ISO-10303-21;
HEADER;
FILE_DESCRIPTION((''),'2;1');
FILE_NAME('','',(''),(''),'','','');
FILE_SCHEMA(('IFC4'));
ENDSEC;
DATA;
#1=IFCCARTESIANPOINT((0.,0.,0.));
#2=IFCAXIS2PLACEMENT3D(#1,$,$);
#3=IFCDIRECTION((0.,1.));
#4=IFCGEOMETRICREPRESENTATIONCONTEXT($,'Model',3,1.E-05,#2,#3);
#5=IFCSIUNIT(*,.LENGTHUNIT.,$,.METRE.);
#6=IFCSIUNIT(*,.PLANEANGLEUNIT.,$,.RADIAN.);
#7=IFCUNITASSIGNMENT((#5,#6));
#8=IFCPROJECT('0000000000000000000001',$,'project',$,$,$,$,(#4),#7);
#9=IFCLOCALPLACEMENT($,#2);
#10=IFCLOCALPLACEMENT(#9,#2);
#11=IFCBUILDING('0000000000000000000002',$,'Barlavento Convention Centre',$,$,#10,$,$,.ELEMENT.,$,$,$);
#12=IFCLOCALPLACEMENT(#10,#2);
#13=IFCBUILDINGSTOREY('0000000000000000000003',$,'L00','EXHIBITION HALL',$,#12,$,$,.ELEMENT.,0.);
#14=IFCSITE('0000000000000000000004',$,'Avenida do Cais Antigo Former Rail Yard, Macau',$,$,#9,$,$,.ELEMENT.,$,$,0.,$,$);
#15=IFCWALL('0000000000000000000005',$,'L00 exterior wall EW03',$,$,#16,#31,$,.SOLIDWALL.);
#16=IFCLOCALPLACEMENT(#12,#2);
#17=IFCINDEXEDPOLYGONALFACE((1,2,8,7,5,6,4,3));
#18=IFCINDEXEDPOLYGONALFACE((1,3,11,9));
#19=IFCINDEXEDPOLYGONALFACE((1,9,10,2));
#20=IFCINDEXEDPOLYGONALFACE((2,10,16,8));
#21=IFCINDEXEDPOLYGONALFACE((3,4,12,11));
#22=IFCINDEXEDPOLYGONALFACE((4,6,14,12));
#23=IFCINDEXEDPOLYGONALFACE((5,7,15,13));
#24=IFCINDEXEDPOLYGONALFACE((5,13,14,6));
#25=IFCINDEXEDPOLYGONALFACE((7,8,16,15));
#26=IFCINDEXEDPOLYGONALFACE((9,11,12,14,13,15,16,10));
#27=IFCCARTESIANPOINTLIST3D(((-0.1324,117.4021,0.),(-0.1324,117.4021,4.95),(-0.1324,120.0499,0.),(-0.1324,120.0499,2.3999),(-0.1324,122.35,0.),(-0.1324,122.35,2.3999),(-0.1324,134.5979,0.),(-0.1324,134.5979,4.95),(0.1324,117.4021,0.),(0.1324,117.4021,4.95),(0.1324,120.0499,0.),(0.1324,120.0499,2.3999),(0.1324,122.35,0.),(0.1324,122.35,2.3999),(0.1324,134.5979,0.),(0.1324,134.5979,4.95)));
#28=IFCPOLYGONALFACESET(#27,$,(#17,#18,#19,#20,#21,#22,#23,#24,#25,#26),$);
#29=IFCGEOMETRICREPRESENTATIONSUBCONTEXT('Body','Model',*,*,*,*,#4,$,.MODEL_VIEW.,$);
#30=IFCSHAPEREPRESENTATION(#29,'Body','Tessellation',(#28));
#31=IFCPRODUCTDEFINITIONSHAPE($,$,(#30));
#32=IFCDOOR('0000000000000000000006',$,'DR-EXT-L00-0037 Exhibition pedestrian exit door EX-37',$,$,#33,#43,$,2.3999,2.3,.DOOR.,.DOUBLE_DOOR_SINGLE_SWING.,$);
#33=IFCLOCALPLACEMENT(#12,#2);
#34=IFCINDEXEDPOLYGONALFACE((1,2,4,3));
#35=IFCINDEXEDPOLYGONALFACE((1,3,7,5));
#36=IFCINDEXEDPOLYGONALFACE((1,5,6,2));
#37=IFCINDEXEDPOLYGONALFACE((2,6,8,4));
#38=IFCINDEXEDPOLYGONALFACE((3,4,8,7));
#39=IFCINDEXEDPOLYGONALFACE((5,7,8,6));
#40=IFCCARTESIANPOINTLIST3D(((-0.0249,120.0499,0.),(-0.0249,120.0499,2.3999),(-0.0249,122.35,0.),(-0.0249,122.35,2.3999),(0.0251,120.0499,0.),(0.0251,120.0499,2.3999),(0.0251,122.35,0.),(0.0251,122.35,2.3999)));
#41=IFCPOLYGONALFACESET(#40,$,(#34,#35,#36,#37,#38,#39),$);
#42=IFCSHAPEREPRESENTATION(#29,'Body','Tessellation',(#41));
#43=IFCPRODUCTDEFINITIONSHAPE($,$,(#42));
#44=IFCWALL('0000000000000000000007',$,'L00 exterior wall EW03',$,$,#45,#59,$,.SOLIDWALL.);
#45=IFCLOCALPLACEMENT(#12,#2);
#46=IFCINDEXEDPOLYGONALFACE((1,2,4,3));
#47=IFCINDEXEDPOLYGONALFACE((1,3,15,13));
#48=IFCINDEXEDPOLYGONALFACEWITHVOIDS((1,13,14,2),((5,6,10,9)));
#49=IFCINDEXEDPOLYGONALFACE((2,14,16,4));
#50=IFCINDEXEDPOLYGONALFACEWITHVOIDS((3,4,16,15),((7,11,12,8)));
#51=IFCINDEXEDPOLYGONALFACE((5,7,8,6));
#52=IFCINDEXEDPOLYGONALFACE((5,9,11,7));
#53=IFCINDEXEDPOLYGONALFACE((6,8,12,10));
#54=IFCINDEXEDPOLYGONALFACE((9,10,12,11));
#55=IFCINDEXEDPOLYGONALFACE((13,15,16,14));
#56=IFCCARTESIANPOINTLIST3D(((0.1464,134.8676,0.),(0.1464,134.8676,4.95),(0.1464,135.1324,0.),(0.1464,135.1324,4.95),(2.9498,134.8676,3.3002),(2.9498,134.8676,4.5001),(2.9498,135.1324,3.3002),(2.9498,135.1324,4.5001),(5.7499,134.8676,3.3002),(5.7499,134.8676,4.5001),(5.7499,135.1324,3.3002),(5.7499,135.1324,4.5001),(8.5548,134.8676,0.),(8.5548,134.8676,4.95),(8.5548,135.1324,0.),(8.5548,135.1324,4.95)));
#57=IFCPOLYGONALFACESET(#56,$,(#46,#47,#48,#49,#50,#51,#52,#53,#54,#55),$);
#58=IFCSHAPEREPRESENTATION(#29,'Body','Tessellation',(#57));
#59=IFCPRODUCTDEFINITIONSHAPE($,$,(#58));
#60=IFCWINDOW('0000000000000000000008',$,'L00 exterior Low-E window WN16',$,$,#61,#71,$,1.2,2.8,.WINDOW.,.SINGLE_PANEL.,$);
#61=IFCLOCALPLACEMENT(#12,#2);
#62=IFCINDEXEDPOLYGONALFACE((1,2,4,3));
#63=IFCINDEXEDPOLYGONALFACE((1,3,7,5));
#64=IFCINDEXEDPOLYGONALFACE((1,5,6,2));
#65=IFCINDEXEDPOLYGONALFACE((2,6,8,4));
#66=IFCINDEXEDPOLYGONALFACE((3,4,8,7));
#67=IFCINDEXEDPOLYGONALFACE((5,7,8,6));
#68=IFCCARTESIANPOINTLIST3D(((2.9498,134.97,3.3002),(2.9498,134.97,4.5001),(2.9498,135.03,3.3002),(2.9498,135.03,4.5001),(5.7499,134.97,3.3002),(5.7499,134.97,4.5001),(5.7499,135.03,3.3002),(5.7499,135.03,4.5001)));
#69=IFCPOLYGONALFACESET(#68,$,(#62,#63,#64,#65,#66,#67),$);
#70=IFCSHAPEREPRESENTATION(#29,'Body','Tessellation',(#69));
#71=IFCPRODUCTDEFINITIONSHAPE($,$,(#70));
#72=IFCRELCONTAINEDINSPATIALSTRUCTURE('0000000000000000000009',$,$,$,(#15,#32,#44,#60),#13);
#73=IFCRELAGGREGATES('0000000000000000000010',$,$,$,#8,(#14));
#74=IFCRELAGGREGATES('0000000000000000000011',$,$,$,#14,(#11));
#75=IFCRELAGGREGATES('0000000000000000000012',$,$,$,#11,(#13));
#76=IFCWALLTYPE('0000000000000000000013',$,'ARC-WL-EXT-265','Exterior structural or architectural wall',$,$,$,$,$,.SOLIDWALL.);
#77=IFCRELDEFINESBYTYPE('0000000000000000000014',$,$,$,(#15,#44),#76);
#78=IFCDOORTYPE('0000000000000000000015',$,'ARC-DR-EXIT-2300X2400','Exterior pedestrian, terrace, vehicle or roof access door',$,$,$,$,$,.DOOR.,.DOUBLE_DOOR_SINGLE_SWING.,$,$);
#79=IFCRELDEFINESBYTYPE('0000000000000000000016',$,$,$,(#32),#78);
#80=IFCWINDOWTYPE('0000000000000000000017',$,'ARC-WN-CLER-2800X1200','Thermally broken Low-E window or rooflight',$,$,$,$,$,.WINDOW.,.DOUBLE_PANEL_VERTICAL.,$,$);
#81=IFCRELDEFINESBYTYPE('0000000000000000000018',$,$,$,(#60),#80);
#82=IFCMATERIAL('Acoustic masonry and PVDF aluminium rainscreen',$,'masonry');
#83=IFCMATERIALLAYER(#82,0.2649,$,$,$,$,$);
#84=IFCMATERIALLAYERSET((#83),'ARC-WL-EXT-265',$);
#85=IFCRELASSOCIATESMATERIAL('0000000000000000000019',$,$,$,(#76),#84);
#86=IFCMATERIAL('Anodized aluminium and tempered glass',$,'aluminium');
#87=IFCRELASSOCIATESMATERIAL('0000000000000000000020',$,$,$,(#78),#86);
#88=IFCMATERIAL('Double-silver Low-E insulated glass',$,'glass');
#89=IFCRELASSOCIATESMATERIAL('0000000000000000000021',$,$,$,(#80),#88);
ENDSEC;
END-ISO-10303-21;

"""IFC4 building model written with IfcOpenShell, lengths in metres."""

from ifc_helpers import new_model, si_unit, direction, frame, frame_2d, origin, place, context, subcontext, project, spatial, rectangle, extrude, material, layer, layer_set, type_object, element, fill, save


model = new_model("IFC4")

# Units and contexts
model_context = context("Model", 3, precision=1e-05, world=origin(), true_north=direction((0.0, 1.0)))
body_context = subcontext(model_context, "Body", "Model", "MODEL_VIEW")
ifc_project = project(units=[si_unit("LENGTHUNIT", "METRE"), si_unit("PLANEANGLEUNIT", "RADIAN")], contexts=[model_context])

# Site, building, storey
site_placement = place(None, origin())
site = spatial("IfcSite", under=ifc_project, at=site_placement, Name="Avenida do Cais Antigo Former Rail Yard, Macau", CompositionType="ELEMENT", RefElevation=0.0)
building_placement = place(site_placement, origin())
building = spatial("IfcBuilding", under=site, at=building_placement, Name="Barlavento Convention Centre", CompositionType="ELEMENT")
storey_placement = place(building_placement, origin())
storey = spatial("IfcBuildingStorey", under=building, at=storey_placement, Name="L00", Description="EXHIBITION HALL", CompositionType="ELEMENT", Elevation=0.0)

# Wall, opening, door
ifc_material_1 = material(Name="Acoustic masonry and PVDF aluminium rainscreen", Category="masonry")
ifc_layer = layer(ifc_material_1, 0.2649)
ifc_layer_set = layer_set([ifc_layer], Name="ARC-WL-EXT-265")
wall_type = type_object("IfcWallType", Name="ARC-WL-EXT-265", Description="Exterior structural or architectural wall", PredefinedType="SOLIDWALL", material=ifc_layer_set)
ifc_material_2 = material(Name="Anodized aluminium and tempered glass", Category="aluminium")
wall_1_placement = place(storey_placement, frame((0.0, 117.4021, 0.0), z_axis=(0.0, 0.0, 1.0), x_axis=(0.0, 1.0, 0.0)))
wall_1 = element("IfcWall", 1, at=wall_1_placement, inside=storey, type_object=wall_type, Name="L00 exterior wall EW03", PredefinedType="SOLIDWALL", context=body_context, shape_type="SweptSolid", body=[
    extrude(rectangle(XDim=17.1958, YDim=0.2649, at=frame_2d((8.5979, 0.0))), origin(), (0.0, 0.0, 1.0), 4.95),
])
opening_1_placement = place(wall_1_placement, frame((2.6479, 0.0, 0.0)))
opening_1 = element("IfcOpeningElement", 2, at=opening_1_placement, cuts=wall_1, PredefinedType="OPENING", context=body_context, shape_type="SweptSolid", body=[
    extrude(rectangle(XDim=2.3, YDim=2.3999, at=frame_2d((1.1499, 1.2))), frame((0.0, 0.1423, 0.0), z_axis=(0.0, -1.0, 0.0), x_axis=(1.0, 0.0, 0.0)), (0.0, 0.0, 1.0), 0.2849),
])
door_type_1 = type_object("IfcDoorType", Name="ARC-DR-EXIT-2300X2400", Description="Exterior pedestrian, terrace, vehicle or roof access door", OperationType="DOUBLE_DOOR_SINGLE_SWING", PredefinedType="DOOR", material=ifc_material_2)
door_1_placement = place(opening_1_placement, origin())
door_1 = element("IfcDoor", 3, at=door_1_placement, inside=storey, type_object=door_type_1, Name="DR-EXT-L00-0037 Exhibition pedestrian exit door EX-37", OperationType="DOUBLE_DOOR_SINGLE_SWING", OverallHeight=2.3999, OverallWidth=2.3, PredefinedType="DOOR", context=body_context, shape_type="SweptSolid", body=[
    extrude(rectangle(XDim=2.3, YDim=2.3999, at=frame_2d((1.1499, 1.2))), frame((0.0, 0.0249, 0.0), z_axis=(0.0, -1.0, 0.0), x_axis=(1.0, 0.0, 0.0)), (0.0, 0.0, 1.0), 0.05),
])
fill(opening_1, door_1)

# Wall, opening, window
wall_2_placement = place(storey_placement, frame((0.1465, 135.0, 0.0), z_axis=(0.0, 0.0, 1.0), x_axis=(1.0, 0.0, 0.0)))
wall_2 = element("IfcWall", 4, at=wall_2_placement, inside=storey, type_object=wall_type, Name="L00 exterior wall EW03", PredefinedType="SOLIDWALL", context=body_context, shape_type="SweptSolid", body=[
    extrude(rectangle(XDim=8.4084, YDim=0.2649, at=frame_2d((4.2041, 0.0))), origin(), (0.0, 0.0, 1.0), 4.95),
])
opening_2_placement = place(wall_2_placement, frame((2.8035, 0.0, 3.3)))
opening_2 = element("IfcOpeningElement", 5, at=opening_2_placement, cuts=wall_2, PredefinedType="OPENING", context=body_context, shape_type="SweptSolid", body=[
    extrude(rectangle(XDim=2.8, YDim=1.2, at=frame_2d((1.3999, 0.6001))), frame((0.0, 0.1423, 0.0), z_axis=(0.0, -1.0, 0.0), x_axis=(1.0, 0.0, 0.0)), (0.0, 0.0, 1.0), 0.2849),
])
ifc_material_3 = material(Name="Double-silver Low-E insulated glass", Category="glass")
window_type = type_object("IfcWindowType", Name="ARC-WN-CLER-2800X1200", Description="Thermally broken Low-E window or rooflight", PartitioningType="DOUBLE_PANEL_VERTICAL", PredefinedType="WINDOW", material=ifc_material_3)
window_placement = place(opening_2_placement, origin())
window = element("IfcWindow", 6, at=window_placement, inside=storey, type_object=window_type, Name="L00 exterior Low-E window WN16", OverallHeight=1.2, OverallWidth=2.8, PartitioningType="SINGLE_PANEL", PredefinedType="WINDOW", context=body_context, shape_type="SweptSolid", body=[
    extrude(rectangle(XDim=2.8, YDim=1.2, at=frame_2d((1.3999, 0.6001))), frame((0.0, 0.03, 0.0), z_axis=(0.0, -1.0, 0.0), x_axis=(1.0, 0.0, 0.0)), (0.0, 0.0, 1.0), 0.0601),
])
fill(opening_2, window)

save(model, "model.ifc")
